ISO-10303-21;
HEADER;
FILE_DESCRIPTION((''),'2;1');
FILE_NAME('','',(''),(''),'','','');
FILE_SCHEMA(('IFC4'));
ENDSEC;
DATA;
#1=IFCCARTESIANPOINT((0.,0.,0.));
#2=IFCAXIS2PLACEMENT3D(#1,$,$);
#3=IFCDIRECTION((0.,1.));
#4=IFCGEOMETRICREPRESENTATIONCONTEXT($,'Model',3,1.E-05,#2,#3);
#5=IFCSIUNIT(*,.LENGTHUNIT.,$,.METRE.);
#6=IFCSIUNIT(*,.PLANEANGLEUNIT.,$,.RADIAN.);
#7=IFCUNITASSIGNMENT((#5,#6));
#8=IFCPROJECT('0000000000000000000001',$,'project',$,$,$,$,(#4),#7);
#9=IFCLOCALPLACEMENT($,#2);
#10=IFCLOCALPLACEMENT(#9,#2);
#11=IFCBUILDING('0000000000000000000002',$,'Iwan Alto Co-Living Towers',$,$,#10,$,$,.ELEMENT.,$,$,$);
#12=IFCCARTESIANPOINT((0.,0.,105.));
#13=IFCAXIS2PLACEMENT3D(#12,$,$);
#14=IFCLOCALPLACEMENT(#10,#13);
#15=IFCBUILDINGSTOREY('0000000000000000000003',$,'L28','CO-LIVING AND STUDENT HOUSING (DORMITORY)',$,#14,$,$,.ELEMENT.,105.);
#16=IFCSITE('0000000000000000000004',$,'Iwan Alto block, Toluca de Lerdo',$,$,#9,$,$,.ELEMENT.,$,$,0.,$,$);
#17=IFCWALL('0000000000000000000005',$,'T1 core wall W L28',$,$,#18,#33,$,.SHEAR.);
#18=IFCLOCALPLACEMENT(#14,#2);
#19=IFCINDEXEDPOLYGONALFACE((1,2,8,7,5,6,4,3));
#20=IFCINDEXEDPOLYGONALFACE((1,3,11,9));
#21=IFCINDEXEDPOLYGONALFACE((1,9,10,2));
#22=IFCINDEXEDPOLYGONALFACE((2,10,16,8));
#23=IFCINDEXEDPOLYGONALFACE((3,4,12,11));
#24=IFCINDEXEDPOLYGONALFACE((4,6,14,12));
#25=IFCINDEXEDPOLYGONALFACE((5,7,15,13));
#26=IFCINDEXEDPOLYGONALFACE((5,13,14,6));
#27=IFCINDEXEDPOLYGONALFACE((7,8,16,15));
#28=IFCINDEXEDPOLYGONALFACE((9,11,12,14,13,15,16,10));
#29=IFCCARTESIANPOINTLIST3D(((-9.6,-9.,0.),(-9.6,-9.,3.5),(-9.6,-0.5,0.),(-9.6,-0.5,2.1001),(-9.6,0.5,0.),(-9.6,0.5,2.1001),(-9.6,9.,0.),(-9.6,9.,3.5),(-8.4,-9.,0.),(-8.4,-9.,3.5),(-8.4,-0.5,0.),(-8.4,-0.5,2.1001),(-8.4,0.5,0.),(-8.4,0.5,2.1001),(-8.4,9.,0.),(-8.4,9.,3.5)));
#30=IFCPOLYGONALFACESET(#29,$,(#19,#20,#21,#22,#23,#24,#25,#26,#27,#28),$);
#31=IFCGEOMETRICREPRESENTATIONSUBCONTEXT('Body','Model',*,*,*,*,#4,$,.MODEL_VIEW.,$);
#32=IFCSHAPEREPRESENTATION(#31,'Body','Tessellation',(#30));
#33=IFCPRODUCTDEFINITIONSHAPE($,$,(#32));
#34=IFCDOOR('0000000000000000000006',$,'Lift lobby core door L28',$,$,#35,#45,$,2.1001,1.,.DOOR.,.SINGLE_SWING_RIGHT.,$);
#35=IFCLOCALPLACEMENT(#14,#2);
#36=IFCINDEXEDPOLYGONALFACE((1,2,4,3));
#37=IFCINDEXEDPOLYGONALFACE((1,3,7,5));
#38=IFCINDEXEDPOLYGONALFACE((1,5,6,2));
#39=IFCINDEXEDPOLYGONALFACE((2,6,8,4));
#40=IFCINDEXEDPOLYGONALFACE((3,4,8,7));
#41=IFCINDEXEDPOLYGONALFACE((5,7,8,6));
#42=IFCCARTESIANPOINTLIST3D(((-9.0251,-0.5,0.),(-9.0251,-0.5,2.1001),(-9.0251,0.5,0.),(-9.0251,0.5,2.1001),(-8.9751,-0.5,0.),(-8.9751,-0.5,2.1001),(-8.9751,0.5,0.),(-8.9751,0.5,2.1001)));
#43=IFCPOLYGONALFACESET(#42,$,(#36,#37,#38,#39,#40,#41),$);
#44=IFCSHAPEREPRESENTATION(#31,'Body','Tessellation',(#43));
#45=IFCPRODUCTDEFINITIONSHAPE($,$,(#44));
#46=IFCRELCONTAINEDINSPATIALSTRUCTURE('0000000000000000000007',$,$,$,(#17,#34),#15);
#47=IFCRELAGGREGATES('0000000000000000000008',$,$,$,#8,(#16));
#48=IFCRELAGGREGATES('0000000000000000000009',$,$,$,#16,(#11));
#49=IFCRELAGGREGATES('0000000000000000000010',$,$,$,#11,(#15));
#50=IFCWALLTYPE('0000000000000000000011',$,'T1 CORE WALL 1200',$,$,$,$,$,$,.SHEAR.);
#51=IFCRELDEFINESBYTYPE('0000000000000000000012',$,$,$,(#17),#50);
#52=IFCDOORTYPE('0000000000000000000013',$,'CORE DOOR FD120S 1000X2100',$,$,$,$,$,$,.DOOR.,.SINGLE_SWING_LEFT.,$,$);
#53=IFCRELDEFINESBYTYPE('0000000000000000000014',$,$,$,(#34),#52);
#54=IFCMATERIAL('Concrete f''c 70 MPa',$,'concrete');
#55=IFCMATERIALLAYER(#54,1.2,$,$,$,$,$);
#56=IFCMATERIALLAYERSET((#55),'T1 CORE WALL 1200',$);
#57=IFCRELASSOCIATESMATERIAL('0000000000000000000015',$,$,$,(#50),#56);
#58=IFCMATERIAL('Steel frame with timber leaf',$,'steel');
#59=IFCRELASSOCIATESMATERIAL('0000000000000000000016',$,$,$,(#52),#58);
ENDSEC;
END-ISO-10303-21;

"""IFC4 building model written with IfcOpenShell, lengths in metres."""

from ifc_helpers import new_model, si_unit, direction, frame, frame_2d, origin, place, context, subcontext, project, spatial, rectangle, extrude, material, layer, layer_set, type_object, element, fill, save


model = new_model("IFC4")

# Units and contexts
model_context = context("Model", 3, precision=1e-05, world=origin(), true_north=direction((0.0, 1.0)))
body_context = subcontext(model_context, "Body", "Model", "MODEL_VIEW")
ifc_project = project(units=[si_unit("LENGTHUNIT", "METRE"), si_unit("PLANEANGLEUNIT", "RADIAN")], contexts=[model_context])

# Site, building, storey
site_placement = place(None, origin())
site = spatial("IfcSite", under=ifc_project, at=site_placement, Name="Iwan Alto block, Toluca de Lerdo", CompositionType="ELEMENT", RefElevation=0.0)
building_placement = place(site_placement, origin())
building = spatial("IfcBuilding", under=site, at=building_placement, Name="Iwan Alto Co-Living Towers", CompositionType="ELEMENT")
storey_placement = place(building_placement, frame((0.0, 0.0, 105.0)))
storey = spatial("IfcBuildingStorey", under=building, at=storey_placement, Name="L28", Description="CO-LIVING AND STUDENT HOUSING (DORMITORY)", CompositionType="ELEMENT", Elevation=105.0)

# Wall, opening, door
ifc_material_1 = material(Name="Concrete f'c 70 MPa", Category="concrete")
ifc_layer_1 = layer(ifc_material_1, 1.2)
ifc_layer_set_1 = layer_set([ifc_layer_1], Name="T1 CORE WALL 1200")
wall_type_1 = type_object("IfcWallType", Name="T1 CORE WALL 1200", PredefinedType="SHEAR", material=ifc_layer_set_1)
wall_1_placement = place(storey_placement, frame((-9.0, 9.0, 0.0), z_axis=(0.0, 0.0, 1.0), x_axis=(0.0, -1.0, 0.0)))
wall_1 = element("IfcWall", 1, at=wall_1_placement, inside=storey, type_object=wall_type_1, Name="T1 core wall W L28", PredefinedType="SHEAR", context=body_context, shape_type="SweptSolid", body=[
    extrude(rectangle(XDim=18.0, YDim=1.2, at=frame_2d((9.0, 0.0))), origin(), (0.0, 0.0, 1.0), 3.5),
])
opening_1_placement = place(wall_1_placement, frame((8.5, 0.0, 0.0)))
opening_1 = element("IfcOpeningElement", 2, at=opening_1_placement, cuts=wall_1, PredefinedType="OPENING", context=body_context, shape_type="SweptSolid", body=[
    extrude(rectangle(XDim=1.0, YDim=2.1001, at=frame_2d((0.5, 1.05))), frame((0.0, 0.6099, 0.0), z_axis=(0.0, -1.0, 0.0), x_axis=(1.0, 0.0, 0.0)), (0.0, 0.0, 1.0), 1.22),
])
ifc_material_2 = material(Name="Steel frame with timber leaf", Category="steel")
door_type_1 = type_object("IfcDoorType", Name="CORE DOOR FD120S 1000X2100", OperationType="SINGLE_SWING_LEFT", PredefinedType="DOOR", material=ifc_material_2)
door_1_placement = place(opening_1_placement, origin())
door_1 = element("IfcDoor", 3, at=door_1_placement, inside=storey, type_object=door_type_1, Name="Lift lobby core door L28", OperationType="SINGLE_SWING_RIGHT", OverallHeight=2.1001, OverallWidth=1.0, PredefinedType="DOOR", context=body_context, shape_type="SweptSolid", body=[
    extrude(rectangle(XDim=1.0, YDim=2.1001, at=frame_2d((0.5, 1.05))), frame((0.0, 0.0249, 0.0), z_axis=(0.0, -1.0, 0.0), x_axis=(1.0, 0.0, 0.0)), (0.0, 0.0, 1.0), 0.05),
])
fill(opening_1, door_1)

save(model, "model.ifc")
